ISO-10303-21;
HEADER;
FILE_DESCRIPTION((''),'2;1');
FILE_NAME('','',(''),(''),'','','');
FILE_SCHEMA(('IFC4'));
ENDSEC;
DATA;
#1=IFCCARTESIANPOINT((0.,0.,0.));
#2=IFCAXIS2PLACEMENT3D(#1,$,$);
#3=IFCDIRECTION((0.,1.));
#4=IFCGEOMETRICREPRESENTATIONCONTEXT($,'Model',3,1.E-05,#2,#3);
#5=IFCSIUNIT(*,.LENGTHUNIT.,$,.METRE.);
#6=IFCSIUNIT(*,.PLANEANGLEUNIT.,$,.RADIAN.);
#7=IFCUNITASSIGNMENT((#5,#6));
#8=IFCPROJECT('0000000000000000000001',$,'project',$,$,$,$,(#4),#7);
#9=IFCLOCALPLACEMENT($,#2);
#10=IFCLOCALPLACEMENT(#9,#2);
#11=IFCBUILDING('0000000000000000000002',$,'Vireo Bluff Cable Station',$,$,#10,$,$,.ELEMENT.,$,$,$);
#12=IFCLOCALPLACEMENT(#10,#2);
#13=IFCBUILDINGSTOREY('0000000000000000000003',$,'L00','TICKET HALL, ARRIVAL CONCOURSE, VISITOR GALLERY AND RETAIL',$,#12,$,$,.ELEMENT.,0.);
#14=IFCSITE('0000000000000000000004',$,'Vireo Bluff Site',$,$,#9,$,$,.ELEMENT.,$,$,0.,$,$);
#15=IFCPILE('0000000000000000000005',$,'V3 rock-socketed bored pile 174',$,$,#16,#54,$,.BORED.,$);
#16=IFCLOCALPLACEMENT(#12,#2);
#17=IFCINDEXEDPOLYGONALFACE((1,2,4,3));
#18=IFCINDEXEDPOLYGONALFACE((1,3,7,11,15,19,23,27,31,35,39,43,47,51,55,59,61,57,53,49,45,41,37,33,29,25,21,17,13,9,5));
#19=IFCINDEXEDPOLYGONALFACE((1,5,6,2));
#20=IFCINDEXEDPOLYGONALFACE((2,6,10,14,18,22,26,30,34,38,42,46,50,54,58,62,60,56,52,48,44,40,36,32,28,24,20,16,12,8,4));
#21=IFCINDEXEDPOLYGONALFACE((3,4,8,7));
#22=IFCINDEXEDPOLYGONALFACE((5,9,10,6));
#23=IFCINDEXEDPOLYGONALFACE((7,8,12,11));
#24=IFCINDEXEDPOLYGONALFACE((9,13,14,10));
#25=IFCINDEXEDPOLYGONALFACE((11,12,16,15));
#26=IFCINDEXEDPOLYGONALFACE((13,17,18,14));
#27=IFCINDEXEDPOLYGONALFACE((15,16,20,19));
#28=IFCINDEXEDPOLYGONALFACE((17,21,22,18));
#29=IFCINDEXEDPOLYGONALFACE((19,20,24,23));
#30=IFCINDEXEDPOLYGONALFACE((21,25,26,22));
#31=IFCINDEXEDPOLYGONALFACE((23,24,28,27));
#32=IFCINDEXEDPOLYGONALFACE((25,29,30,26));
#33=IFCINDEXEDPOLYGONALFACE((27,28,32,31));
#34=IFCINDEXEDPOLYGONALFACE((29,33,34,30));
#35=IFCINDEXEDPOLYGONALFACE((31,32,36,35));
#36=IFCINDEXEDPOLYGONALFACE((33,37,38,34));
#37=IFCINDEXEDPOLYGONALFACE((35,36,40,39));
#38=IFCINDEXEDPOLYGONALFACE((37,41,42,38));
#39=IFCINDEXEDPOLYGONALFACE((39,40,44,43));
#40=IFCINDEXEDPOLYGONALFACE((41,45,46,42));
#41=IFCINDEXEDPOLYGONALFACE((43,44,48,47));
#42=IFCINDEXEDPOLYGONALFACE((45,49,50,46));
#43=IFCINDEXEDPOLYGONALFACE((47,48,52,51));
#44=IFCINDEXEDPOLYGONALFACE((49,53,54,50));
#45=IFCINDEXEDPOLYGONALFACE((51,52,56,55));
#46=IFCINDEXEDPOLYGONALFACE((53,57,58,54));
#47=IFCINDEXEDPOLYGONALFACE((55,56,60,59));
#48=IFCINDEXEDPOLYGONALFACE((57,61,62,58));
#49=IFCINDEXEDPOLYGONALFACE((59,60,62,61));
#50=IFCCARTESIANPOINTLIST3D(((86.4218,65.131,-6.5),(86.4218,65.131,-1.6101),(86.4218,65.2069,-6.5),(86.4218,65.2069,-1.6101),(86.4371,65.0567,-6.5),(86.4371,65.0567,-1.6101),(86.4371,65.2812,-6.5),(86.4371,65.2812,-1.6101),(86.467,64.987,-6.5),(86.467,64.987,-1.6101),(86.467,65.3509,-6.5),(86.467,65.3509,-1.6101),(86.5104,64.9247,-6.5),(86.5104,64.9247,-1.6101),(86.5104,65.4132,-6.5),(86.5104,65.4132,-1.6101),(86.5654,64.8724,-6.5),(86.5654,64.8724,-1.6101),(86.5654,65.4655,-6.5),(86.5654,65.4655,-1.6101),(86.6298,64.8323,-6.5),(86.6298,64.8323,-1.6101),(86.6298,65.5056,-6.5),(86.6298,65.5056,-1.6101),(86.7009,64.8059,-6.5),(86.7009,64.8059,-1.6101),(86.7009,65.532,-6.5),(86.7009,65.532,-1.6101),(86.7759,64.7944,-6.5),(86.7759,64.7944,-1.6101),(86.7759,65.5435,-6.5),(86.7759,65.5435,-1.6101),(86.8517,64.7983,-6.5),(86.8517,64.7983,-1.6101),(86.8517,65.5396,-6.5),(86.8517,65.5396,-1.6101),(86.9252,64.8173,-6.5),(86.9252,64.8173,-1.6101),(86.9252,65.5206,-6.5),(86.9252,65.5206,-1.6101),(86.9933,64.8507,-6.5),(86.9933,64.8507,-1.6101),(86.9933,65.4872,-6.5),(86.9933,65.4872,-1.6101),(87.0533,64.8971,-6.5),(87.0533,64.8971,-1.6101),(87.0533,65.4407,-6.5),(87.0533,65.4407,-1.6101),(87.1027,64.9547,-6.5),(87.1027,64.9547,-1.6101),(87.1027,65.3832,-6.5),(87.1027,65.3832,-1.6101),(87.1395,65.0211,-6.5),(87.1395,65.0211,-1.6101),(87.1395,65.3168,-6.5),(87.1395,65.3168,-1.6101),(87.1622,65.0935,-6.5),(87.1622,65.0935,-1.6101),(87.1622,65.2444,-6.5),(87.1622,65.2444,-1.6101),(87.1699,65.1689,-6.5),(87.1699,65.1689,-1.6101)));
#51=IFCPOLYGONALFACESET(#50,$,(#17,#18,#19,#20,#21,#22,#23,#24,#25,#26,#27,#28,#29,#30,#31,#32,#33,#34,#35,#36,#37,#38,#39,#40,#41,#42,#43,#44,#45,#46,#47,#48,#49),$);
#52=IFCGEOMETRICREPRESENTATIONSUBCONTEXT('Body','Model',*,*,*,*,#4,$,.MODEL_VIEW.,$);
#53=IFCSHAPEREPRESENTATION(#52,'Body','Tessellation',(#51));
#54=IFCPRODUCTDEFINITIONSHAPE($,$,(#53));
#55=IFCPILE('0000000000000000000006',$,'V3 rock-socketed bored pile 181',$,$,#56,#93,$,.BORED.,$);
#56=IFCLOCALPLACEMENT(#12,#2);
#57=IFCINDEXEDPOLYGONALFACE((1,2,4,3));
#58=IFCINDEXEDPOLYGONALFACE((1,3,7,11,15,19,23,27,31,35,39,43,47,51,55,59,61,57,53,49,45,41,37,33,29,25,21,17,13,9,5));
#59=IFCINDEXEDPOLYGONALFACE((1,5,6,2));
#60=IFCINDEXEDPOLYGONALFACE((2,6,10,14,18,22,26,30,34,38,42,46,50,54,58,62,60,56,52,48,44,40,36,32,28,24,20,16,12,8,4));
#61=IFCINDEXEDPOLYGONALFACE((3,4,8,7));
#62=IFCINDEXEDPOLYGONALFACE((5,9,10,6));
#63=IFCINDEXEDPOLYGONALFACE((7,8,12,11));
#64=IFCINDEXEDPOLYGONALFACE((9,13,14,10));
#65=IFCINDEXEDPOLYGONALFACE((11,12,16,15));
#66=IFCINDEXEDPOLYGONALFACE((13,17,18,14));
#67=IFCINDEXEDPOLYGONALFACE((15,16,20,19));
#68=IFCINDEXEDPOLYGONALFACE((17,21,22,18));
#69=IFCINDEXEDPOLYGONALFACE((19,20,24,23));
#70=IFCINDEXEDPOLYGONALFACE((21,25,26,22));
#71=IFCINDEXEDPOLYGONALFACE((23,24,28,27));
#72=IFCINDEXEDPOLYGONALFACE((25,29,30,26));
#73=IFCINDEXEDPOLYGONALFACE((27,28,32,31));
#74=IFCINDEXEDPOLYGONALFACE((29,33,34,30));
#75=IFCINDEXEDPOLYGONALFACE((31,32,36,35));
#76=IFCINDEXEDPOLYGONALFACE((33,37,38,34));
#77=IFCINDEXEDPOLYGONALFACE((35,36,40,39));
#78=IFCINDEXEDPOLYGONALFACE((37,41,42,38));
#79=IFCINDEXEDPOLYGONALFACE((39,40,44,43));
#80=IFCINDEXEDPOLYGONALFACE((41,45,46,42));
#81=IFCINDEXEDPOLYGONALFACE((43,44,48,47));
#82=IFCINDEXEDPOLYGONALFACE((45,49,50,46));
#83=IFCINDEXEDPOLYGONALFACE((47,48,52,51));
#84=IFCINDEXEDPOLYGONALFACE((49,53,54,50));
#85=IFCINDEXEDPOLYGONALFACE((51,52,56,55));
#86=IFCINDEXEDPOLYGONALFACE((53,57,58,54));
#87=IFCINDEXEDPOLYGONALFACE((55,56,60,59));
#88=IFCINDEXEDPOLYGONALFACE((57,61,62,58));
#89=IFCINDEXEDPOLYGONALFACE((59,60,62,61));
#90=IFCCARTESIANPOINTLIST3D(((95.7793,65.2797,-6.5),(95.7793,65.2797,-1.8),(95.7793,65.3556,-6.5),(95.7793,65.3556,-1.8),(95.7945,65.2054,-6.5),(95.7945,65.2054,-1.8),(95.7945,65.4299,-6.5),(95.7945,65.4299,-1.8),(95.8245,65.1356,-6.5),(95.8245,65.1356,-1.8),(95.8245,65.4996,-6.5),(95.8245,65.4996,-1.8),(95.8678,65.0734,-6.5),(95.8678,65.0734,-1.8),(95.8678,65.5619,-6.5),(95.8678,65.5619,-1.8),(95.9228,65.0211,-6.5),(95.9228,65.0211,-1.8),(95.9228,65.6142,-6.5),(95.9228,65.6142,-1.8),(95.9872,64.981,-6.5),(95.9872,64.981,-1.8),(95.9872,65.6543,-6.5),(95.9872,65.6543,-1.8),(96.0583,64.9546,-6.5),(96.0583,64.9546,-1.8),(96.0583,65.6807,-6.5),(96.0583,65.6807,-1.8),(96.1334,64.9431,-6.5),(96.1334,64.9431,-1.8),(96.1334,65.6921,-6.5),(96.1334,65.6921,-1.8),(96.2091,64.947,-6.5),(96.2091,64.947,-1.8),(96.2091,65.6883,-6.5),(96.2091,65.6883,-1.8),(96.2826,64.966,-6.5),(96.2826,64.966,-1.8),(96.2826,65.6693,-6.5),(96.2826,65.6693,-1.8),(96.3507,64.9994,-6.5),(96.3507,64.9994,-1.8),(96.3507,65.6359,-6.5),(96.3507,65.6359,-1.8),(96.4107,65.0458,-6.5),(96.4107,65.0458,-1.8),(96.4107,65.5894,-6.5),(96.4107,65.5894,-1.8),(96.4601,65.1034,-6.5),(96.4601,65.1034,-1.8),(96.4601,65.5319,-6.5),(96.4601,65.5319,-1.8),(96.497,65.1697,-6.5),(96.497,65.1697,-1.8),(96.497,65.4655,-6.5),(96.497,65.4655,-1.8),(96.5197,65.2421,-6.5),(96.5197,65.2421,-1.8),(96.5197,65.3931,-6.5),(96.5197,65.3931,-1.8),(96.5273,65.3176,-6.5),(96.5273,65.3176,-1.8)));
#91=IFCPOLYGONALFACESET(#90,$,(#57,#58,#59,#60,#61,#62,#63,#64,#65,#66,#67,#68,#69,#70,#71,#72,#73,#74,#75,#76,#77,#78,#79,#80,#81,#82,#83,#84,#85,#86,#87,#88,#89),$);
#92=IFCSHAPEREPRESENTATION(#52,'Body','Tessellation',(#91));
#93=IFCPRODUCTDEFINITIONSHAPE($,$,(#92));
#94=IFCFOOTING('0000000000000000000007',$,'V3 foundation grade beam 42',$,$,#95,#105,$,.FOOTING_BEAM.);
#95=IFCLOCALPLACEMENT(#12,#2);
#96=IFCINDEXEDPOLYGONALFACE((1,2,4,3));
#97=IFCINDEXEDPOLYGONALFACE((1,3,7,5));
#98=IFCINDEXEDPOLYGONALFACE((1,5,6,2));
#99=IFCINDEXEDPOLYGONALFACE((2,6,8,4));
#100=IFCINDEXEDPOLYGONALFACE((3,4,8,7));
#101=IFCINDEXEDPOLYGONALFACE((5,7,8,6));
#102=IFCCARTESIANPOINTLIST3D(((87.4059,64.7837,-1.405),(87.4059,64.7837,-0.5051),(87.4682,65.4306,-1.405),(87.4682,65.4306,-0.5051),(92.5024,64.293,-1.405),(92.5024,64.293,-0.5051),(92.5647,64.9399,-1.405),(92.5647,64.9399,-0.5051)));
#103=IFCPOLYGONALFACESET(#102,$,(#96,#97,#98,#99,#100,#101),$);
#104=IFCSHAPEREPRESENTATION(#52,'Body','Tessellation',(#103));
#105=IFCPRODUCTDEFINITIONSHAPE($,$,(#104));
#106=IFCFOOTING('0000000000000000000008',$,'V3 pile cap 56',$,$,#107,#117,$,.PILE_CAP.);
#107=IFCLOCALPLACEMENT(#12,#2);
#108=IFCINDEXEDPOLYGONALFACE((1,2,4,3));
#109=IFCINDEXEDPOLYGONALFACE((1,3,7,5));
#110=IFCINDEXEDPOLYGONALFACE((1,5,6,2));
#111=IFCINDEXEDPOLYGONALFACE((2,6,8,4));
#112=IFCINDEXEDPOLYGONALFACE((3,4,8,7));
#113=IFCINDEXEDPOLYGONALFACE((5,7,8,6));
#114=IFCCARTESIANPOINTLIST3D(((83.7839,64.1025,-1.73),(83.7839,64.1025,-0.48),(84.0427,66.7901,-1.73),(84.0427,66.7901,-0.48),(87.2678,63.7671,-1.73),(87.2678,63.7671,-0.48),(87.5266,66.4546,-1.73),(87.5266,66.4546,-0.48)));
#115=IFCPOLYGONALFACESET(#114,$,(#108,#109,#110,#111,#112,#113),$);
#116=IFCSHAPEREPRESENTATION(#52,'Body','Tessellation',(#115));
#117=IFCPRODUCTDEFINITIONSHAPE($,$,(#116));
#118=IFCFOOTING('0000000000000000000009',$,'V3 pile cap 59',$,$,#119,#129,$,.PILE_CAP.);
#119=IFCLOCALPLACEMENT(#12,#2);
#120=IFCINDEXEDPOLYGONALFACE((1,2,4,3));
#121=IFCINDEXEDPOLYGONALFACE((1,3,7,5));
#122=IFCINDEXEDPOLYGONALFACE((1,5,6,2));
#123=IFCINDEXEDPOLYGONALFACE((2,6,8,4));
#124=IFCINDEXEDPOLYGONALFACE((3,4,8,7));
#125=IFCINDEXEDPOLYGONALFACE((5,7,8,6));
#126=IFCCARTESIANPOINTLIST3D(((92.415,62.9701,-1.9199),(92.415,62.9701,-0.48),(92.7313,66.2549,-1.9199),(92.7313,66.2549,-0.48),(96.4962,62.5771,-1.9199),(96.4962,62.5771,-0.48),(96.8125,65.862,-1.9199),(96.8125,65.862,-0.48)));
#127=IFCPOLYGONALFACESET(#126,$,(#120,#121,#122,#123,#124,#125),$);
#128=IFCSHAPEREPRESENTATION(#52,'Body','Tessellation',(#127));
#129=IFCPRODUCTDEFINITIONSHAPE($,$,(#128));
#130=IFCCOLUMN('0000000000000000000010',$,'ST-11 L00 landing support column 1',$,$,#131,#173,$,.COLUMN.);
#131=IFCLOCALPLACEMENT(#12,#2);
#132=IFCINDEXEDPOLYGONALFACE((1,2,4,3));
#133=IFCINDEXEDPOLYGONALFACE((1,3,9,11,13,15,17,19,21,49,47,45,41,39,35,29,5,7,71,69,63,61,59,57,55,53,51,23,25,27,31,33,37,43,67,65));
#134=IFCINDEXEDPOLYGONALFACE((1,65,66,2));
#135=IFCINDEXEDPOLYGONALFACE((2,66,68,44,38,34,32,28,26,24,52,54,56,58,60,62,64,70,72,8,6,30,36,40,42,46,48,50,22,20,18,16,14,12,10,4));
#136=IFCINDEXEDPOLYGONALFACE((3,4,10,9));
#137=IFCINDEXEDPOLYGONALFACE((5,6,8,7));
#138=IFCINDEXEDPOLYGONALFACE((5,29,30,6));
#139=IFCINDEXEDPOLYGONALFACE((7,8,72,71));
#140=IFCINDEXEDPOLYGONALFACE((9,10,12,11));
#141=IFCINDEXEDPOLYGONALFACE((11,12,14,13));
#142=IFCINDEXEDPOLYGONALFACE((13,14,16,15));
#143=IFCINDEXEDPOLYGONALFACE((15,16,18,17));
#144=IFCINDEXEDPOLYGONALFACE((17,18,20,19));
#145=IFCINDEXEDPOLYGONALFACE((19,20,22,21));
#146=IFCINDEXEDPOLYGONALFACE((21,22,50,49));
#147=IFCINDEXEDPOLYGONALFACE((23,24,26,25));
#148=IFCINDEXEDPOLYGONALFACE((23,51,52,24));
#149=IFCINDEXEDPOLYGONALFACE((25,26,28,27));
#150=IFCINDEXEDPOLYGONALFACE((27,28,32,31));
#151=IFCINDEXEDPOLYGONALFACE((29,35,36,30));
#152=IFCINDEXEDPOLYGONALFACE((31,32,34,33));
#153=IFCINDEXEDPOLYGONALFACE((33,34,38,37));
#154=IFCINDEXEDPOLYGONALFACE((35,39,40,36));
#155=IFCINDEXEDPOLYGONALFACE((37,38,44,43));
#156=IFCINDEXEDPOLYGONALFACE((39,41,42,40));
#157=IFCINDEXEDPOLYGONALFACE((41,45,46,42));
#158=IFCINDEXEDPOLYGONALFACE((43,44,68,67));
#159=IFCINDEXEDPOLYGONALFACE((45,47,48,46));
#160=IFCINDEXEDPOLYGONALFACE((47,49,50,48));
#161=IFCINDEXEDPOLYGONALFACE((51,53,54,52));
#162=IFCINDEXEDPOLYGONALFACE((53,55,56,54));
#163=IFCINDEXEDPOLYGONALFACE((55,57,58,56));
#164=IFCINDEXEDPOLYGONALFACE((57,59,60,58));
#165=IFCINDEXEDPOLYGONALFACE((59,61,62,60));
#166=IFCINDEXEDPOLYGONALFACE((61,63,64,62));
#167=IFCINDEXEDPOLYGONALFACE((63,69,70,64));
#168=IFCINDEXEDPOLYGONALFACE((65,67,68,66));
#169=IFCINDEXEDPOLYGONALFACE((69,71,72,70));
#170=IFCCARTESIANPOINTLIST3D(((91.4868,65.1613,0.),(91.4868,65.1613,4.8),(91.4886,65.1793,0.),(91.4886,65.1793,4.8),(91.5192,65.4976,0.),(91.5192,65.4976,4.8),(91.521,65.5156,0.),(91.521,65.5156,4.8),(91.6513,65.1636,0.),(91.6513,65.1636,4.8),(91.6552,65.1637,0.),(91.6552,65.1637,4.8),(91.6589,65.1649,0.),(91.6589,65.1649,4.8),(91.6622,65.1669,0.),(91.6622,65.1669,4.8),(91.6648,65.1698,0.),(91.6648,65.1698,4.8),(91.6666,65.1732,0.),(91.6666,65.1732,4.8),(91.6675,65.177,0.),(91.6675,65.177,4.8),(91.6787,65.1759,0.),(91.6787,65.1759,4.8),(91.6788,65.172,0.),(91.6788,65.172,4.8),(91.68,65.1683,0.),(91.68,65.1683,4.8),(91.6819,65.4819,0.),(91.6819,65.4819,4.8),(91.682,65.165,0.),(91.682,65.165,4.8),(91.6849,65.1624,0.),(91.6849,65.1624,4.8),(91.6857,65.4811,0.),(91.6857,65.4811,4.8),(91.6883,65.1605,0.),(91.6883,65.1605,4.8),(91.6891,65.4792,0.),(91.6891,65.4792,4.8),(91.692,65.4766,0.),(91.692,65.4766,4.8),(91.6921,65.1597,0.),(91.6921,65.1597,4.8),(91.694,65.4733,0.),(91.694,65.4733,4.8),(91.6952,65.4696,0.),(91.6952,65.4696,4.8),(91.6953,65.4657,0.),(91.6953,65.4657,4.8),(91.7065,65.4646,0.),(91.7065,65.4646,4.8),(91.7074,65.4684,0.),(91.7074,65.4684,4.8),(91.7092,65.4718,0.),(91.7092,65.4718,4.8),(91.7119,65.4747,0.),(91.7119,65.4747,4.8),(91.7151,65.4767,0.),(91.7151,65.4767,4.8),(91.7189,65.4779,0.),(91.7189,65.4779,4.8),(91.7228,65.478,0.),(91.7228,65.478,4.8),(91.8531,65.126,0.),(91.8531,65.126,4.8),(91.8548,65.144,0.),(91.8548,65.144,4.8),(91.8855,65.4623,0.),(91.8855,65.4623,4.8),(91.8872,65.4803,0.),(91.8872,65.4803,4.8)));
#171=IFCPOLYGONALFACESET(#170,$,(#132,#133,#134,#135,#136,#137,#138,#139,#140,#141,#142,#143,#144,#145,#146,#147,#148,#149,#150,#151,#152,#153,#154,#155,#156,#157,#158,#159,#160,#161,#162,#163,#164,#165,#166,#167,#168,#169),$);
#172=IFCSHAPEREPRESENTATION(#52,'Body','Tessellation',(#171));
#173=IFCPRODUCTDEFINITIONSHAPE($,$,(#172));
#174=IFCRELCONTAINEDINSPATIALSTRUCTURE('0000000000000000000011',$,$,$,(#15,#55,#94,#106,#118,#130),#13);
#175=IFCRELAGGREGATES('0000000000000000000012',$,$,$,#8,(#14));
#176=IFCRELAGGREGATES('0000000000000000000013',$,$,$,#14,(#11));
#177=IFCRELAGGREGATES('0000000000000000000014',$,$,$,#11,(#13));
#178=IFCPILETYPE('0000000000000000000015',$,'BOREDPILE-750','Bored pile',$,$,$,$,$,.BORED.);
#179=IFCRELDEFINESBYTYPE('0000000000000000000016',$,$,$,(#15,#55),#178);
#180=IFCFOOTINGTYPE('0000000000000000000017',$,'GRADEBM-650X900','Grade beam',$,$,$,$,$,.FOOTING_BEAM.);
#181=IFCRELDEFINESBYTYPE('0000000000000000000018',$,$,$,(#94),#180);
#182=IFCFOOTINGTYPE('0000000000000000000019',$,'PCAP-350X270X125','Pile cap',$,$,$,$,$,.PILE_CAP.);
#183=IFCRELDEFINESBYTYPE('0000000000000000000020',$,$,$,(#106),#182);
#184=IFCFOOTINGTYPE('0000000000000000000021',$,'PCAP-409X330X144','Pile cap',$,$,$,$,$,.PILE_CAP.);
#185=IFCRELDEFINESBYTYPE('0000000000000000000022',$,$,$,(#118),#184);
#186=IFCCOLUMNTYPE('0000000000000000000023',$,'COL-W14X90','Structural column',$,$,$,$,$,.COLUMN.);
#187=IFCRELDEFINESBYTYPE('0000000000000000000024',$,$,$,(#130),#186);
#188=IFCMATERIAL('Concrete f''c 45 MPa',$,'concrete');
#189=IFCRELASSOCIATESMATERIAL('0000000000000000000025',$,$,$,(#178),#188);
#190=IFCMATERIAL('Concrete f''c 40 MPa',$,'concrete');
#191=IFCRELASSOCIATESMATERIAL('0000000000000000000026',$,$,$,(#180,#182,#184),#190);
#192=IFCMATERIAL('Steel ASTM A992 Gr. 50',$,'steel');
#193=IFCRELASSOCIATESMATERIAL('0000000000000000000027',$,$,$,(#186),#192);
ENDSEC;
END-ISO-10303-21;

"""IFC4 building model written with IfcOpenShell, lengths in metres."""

from ifc_helpers import new_model, si_unit, direction, frame, origin, origin_2d, place, context, subcontext, project, spatial, rectangle, circle, i_section, extrude, material, material_profile, profile_set, type_object, element, save


model = new_model("IFC4")

# Units and contexts
model_context = context("Model", 3, precision=1e-05, world=origin(), true_north=direction((0.0, 1.0)))
body_context = subcontext(model_context, "Body", "Model", "MODEL_VIEW")
ifc_project = project(units=[si_unit("LENGTHUNIT", "METRE"), si_unit("PLANEANGLEUNIT", "RADIAN")], contexts=[model_context])

# Site, building, storey
site_placement = place(None, origin())
site = spatial("IfcSite", under=ifc_project, at=site_placement, Name="Vireo Bluff Site", CompositionType="ELEMENT", RefElevation=0.0)
building_placement = place(site_placement, origin())
building = spatial("IfcBuilding", under=site, at=building_placement, Name="Vireo Bluff Cable Station", CompositionType="ELEMENT")
storey_placement = place(building_placement, origin())
storey = spatial("IfcBuildingStorey", under=building, at=storey_placement, Name="L00", Description="TICKET HALL, ARRIVAL CONCOURSE, VISITOR GALLERY AND RETAIL", CompositionType="ELEMENT", Elevation=0.0)

# Piles
ifc_material_1 = material(Name="Concrete f'c 45 MPa", Category="concrete")
ifc_material_profile_1 = material_profile(ifc_material_1, circle(Radius=0.375, at=origin_2d()), Name="BOREDPILE-750")
ifc_profile_set_1 = profile_set([ifc_material_profile_1], Name="Concrete f'c 45 MPa")
pile_type = type_object("IfcPileType", Name="BOREDPILE-750", Description="Bored pile", PredefinedType="BORED", material=ifc_profile_set_1)
pile_1_placement = place(storey_placement, frame((86.7949, 65.1689, -1.6101), z_axis=(0.0, 0.0, -1.0), x_axis=(1.0, 0.0, 0.0)))
element("IfcPile", 1, at=pile_1_placement, inside=storey, type_object=pile_type, Name="V3 rock-socketed bored pile 174", PredefinedType="BORED", context=body_context, shape_type="SweptSolid", body=[
    extrude(circle(Radius=0.375, at=origin_2d()), origin(), (0.0, 0.0, 1.0), 4.8899),
])
pile_2_placement = place(storey_placement, frame((96.1523, 65.3176, -1.8), z_axis=(0.0, 0.0, -1.0), x_axis=(1.0, 0.0, 0.0)))
element("IfcPile", 2, at=pile_2_placement, inside=storey, type_object=pile_type, Name="V3 rock-socketed bored pile 181", PredefinedType="BORED", context=body_context, shape_type="SweptSolid", body=[
    extrude(circle(Radius=0.375, at=origin_2d()), origin(), (0.0, 0.0, 1.0), 4.7),
])

# Footings
ifc_material_2 = material(Name="Concrete f'c 40 MPa", Category="concrete")
ifc_material_profile_2 = material_profile(ifc_material_2, rectangle(XDim=0.6499, YDim=0.8999, at=origin_2d()), Name="GRADEBM-650X900")
ifc_profile_set_2 = profile_set([ifc_material_profile_2], Name="Concrete f'c 40 MPa")
footing_type_1 = type_object("IfcFootingType", Name="GRADEBM-650X900", Description="Grade beam", PredefinedType="FOOTING_BEAM", material=ifc_profile_set_2)
footing_1_placement = place(storey_placement, frame((87.437, 65.1072, -0.9551), z_axis=(0.995396, -0.095844, 0.0), x_axis=(0.095844, 0.995396, 0.0)))
element("IfcFooting", 3, at=footing_1_placement, inside=storey, type_object=footing_type_1, Name="V3 foundation grade beam 42", PredefinedType="FOOTING_BEAM", context=body_context, shape_type="SweptSolid", body=[
    extrude(rectangle(XDim=0.6499, YDim=0.8999, at=origin_2d()), origin(), (0.0, 0.0, 1.0), 5.1201),
])
footing_type_2 = type_object("IfcFootingType", Name="PCAP-350X270X125", Description="Pile cap", PredefinedType="PILE_CAP", material=ifc_material_2)
footing_2_placement = place(storey_placement, frame((85.6553, 65.2786, -1.73), z_axis=(0.0, 0.0, 1.0), x_axis=(0.995396, -0.095846, 0.0)))
element("IfcFooting", 4, at=footing_2_placement, inside=storey, type_object=footing_type_2, Name="V3 pile cap 56", PredefinedType="PILE_CAP", context=body_context, shape_type="SweptSolid", body=[
    extrude(rectangle(XDim=3.5, YDim=2.7, at=origin_2d()), origin(), (0.0, 0.0, 1.0), 1.25),
])
footing_type_3 = type_object("IfcFootingType", Name="PCAP-409X330X144", Description="Pile cap", PredefinedType="PILE_CAP", material=ifc_material_2)
footing_3_placement = place(storey_placement, frame((94.6138, 64.416, -1.9199), z_axis=(0.0, 0.0, 1.0), x_axis=(0.995396, -0.095846, 0.0)))
element("IfcFooting", 5, at=footing_3_placement, inside=storey, type_object=footing_type_3, Name="V3 pile cap 59", PredefinedType="PILE_CAP", context=body_context, shape_type="SweptSolid", body=[
    extrude(rectangle(XDim=4.1001, YDim=3.3, at=origin_2d()), origin(), (0.0, 0.0, 1.0), 1.4399),
])

# Column
ifc_material_3 = material(Name="Steel ASTM A992 Gr. 50", Category="steel")
ifc_material_profile_3 = material_profile(ifc_material_3, i_section(OverallWidth=0.3679, OverallDepth=0.356, WebThickness=0.0112, FlangeThickness=0.0181, FilletRadius=0.0149, at=origin_2d()), Name="W14X90")
ifc_profile_set_3 = profile_set([ifc_material_profile_3], Name="Steel ASTM A992 Gr. 50")
column_type_1 = type_object("IfcColumnType", Name="COL-W14X90", Description="Structural column", PredefinedType="COLUMN", material=ifc_profile_set_3)
for number, where, z_axis, x_axis, name in (
    (6, (91.687, 65.3208, 0.0), (0.0, 0.0, 1.0), (0.995396, -0.095846, 0.0), "ST-11 L00 landing support column 1"),
):
    element("IfcColumn", number, at=place(storey_placement, frame(where, z_axis=z_axis, x_axis=x_axis)), inside=storey, type_object=column_type_1, Name=name, PredefinedType="COLUMN", context=body_context, shape_type="SweptSolid", body=[
        extrude(i_section(OverallWidth=0.3679, OverallDepth=0.356, WebThickness=0.0112, FlangeThickness=0.0181, FilletRadius=0.0149, at=origin_2d()), origin(), (0.0, 0.0, 1.0), 4.8),
    ])

save(model, "model.ifc")
